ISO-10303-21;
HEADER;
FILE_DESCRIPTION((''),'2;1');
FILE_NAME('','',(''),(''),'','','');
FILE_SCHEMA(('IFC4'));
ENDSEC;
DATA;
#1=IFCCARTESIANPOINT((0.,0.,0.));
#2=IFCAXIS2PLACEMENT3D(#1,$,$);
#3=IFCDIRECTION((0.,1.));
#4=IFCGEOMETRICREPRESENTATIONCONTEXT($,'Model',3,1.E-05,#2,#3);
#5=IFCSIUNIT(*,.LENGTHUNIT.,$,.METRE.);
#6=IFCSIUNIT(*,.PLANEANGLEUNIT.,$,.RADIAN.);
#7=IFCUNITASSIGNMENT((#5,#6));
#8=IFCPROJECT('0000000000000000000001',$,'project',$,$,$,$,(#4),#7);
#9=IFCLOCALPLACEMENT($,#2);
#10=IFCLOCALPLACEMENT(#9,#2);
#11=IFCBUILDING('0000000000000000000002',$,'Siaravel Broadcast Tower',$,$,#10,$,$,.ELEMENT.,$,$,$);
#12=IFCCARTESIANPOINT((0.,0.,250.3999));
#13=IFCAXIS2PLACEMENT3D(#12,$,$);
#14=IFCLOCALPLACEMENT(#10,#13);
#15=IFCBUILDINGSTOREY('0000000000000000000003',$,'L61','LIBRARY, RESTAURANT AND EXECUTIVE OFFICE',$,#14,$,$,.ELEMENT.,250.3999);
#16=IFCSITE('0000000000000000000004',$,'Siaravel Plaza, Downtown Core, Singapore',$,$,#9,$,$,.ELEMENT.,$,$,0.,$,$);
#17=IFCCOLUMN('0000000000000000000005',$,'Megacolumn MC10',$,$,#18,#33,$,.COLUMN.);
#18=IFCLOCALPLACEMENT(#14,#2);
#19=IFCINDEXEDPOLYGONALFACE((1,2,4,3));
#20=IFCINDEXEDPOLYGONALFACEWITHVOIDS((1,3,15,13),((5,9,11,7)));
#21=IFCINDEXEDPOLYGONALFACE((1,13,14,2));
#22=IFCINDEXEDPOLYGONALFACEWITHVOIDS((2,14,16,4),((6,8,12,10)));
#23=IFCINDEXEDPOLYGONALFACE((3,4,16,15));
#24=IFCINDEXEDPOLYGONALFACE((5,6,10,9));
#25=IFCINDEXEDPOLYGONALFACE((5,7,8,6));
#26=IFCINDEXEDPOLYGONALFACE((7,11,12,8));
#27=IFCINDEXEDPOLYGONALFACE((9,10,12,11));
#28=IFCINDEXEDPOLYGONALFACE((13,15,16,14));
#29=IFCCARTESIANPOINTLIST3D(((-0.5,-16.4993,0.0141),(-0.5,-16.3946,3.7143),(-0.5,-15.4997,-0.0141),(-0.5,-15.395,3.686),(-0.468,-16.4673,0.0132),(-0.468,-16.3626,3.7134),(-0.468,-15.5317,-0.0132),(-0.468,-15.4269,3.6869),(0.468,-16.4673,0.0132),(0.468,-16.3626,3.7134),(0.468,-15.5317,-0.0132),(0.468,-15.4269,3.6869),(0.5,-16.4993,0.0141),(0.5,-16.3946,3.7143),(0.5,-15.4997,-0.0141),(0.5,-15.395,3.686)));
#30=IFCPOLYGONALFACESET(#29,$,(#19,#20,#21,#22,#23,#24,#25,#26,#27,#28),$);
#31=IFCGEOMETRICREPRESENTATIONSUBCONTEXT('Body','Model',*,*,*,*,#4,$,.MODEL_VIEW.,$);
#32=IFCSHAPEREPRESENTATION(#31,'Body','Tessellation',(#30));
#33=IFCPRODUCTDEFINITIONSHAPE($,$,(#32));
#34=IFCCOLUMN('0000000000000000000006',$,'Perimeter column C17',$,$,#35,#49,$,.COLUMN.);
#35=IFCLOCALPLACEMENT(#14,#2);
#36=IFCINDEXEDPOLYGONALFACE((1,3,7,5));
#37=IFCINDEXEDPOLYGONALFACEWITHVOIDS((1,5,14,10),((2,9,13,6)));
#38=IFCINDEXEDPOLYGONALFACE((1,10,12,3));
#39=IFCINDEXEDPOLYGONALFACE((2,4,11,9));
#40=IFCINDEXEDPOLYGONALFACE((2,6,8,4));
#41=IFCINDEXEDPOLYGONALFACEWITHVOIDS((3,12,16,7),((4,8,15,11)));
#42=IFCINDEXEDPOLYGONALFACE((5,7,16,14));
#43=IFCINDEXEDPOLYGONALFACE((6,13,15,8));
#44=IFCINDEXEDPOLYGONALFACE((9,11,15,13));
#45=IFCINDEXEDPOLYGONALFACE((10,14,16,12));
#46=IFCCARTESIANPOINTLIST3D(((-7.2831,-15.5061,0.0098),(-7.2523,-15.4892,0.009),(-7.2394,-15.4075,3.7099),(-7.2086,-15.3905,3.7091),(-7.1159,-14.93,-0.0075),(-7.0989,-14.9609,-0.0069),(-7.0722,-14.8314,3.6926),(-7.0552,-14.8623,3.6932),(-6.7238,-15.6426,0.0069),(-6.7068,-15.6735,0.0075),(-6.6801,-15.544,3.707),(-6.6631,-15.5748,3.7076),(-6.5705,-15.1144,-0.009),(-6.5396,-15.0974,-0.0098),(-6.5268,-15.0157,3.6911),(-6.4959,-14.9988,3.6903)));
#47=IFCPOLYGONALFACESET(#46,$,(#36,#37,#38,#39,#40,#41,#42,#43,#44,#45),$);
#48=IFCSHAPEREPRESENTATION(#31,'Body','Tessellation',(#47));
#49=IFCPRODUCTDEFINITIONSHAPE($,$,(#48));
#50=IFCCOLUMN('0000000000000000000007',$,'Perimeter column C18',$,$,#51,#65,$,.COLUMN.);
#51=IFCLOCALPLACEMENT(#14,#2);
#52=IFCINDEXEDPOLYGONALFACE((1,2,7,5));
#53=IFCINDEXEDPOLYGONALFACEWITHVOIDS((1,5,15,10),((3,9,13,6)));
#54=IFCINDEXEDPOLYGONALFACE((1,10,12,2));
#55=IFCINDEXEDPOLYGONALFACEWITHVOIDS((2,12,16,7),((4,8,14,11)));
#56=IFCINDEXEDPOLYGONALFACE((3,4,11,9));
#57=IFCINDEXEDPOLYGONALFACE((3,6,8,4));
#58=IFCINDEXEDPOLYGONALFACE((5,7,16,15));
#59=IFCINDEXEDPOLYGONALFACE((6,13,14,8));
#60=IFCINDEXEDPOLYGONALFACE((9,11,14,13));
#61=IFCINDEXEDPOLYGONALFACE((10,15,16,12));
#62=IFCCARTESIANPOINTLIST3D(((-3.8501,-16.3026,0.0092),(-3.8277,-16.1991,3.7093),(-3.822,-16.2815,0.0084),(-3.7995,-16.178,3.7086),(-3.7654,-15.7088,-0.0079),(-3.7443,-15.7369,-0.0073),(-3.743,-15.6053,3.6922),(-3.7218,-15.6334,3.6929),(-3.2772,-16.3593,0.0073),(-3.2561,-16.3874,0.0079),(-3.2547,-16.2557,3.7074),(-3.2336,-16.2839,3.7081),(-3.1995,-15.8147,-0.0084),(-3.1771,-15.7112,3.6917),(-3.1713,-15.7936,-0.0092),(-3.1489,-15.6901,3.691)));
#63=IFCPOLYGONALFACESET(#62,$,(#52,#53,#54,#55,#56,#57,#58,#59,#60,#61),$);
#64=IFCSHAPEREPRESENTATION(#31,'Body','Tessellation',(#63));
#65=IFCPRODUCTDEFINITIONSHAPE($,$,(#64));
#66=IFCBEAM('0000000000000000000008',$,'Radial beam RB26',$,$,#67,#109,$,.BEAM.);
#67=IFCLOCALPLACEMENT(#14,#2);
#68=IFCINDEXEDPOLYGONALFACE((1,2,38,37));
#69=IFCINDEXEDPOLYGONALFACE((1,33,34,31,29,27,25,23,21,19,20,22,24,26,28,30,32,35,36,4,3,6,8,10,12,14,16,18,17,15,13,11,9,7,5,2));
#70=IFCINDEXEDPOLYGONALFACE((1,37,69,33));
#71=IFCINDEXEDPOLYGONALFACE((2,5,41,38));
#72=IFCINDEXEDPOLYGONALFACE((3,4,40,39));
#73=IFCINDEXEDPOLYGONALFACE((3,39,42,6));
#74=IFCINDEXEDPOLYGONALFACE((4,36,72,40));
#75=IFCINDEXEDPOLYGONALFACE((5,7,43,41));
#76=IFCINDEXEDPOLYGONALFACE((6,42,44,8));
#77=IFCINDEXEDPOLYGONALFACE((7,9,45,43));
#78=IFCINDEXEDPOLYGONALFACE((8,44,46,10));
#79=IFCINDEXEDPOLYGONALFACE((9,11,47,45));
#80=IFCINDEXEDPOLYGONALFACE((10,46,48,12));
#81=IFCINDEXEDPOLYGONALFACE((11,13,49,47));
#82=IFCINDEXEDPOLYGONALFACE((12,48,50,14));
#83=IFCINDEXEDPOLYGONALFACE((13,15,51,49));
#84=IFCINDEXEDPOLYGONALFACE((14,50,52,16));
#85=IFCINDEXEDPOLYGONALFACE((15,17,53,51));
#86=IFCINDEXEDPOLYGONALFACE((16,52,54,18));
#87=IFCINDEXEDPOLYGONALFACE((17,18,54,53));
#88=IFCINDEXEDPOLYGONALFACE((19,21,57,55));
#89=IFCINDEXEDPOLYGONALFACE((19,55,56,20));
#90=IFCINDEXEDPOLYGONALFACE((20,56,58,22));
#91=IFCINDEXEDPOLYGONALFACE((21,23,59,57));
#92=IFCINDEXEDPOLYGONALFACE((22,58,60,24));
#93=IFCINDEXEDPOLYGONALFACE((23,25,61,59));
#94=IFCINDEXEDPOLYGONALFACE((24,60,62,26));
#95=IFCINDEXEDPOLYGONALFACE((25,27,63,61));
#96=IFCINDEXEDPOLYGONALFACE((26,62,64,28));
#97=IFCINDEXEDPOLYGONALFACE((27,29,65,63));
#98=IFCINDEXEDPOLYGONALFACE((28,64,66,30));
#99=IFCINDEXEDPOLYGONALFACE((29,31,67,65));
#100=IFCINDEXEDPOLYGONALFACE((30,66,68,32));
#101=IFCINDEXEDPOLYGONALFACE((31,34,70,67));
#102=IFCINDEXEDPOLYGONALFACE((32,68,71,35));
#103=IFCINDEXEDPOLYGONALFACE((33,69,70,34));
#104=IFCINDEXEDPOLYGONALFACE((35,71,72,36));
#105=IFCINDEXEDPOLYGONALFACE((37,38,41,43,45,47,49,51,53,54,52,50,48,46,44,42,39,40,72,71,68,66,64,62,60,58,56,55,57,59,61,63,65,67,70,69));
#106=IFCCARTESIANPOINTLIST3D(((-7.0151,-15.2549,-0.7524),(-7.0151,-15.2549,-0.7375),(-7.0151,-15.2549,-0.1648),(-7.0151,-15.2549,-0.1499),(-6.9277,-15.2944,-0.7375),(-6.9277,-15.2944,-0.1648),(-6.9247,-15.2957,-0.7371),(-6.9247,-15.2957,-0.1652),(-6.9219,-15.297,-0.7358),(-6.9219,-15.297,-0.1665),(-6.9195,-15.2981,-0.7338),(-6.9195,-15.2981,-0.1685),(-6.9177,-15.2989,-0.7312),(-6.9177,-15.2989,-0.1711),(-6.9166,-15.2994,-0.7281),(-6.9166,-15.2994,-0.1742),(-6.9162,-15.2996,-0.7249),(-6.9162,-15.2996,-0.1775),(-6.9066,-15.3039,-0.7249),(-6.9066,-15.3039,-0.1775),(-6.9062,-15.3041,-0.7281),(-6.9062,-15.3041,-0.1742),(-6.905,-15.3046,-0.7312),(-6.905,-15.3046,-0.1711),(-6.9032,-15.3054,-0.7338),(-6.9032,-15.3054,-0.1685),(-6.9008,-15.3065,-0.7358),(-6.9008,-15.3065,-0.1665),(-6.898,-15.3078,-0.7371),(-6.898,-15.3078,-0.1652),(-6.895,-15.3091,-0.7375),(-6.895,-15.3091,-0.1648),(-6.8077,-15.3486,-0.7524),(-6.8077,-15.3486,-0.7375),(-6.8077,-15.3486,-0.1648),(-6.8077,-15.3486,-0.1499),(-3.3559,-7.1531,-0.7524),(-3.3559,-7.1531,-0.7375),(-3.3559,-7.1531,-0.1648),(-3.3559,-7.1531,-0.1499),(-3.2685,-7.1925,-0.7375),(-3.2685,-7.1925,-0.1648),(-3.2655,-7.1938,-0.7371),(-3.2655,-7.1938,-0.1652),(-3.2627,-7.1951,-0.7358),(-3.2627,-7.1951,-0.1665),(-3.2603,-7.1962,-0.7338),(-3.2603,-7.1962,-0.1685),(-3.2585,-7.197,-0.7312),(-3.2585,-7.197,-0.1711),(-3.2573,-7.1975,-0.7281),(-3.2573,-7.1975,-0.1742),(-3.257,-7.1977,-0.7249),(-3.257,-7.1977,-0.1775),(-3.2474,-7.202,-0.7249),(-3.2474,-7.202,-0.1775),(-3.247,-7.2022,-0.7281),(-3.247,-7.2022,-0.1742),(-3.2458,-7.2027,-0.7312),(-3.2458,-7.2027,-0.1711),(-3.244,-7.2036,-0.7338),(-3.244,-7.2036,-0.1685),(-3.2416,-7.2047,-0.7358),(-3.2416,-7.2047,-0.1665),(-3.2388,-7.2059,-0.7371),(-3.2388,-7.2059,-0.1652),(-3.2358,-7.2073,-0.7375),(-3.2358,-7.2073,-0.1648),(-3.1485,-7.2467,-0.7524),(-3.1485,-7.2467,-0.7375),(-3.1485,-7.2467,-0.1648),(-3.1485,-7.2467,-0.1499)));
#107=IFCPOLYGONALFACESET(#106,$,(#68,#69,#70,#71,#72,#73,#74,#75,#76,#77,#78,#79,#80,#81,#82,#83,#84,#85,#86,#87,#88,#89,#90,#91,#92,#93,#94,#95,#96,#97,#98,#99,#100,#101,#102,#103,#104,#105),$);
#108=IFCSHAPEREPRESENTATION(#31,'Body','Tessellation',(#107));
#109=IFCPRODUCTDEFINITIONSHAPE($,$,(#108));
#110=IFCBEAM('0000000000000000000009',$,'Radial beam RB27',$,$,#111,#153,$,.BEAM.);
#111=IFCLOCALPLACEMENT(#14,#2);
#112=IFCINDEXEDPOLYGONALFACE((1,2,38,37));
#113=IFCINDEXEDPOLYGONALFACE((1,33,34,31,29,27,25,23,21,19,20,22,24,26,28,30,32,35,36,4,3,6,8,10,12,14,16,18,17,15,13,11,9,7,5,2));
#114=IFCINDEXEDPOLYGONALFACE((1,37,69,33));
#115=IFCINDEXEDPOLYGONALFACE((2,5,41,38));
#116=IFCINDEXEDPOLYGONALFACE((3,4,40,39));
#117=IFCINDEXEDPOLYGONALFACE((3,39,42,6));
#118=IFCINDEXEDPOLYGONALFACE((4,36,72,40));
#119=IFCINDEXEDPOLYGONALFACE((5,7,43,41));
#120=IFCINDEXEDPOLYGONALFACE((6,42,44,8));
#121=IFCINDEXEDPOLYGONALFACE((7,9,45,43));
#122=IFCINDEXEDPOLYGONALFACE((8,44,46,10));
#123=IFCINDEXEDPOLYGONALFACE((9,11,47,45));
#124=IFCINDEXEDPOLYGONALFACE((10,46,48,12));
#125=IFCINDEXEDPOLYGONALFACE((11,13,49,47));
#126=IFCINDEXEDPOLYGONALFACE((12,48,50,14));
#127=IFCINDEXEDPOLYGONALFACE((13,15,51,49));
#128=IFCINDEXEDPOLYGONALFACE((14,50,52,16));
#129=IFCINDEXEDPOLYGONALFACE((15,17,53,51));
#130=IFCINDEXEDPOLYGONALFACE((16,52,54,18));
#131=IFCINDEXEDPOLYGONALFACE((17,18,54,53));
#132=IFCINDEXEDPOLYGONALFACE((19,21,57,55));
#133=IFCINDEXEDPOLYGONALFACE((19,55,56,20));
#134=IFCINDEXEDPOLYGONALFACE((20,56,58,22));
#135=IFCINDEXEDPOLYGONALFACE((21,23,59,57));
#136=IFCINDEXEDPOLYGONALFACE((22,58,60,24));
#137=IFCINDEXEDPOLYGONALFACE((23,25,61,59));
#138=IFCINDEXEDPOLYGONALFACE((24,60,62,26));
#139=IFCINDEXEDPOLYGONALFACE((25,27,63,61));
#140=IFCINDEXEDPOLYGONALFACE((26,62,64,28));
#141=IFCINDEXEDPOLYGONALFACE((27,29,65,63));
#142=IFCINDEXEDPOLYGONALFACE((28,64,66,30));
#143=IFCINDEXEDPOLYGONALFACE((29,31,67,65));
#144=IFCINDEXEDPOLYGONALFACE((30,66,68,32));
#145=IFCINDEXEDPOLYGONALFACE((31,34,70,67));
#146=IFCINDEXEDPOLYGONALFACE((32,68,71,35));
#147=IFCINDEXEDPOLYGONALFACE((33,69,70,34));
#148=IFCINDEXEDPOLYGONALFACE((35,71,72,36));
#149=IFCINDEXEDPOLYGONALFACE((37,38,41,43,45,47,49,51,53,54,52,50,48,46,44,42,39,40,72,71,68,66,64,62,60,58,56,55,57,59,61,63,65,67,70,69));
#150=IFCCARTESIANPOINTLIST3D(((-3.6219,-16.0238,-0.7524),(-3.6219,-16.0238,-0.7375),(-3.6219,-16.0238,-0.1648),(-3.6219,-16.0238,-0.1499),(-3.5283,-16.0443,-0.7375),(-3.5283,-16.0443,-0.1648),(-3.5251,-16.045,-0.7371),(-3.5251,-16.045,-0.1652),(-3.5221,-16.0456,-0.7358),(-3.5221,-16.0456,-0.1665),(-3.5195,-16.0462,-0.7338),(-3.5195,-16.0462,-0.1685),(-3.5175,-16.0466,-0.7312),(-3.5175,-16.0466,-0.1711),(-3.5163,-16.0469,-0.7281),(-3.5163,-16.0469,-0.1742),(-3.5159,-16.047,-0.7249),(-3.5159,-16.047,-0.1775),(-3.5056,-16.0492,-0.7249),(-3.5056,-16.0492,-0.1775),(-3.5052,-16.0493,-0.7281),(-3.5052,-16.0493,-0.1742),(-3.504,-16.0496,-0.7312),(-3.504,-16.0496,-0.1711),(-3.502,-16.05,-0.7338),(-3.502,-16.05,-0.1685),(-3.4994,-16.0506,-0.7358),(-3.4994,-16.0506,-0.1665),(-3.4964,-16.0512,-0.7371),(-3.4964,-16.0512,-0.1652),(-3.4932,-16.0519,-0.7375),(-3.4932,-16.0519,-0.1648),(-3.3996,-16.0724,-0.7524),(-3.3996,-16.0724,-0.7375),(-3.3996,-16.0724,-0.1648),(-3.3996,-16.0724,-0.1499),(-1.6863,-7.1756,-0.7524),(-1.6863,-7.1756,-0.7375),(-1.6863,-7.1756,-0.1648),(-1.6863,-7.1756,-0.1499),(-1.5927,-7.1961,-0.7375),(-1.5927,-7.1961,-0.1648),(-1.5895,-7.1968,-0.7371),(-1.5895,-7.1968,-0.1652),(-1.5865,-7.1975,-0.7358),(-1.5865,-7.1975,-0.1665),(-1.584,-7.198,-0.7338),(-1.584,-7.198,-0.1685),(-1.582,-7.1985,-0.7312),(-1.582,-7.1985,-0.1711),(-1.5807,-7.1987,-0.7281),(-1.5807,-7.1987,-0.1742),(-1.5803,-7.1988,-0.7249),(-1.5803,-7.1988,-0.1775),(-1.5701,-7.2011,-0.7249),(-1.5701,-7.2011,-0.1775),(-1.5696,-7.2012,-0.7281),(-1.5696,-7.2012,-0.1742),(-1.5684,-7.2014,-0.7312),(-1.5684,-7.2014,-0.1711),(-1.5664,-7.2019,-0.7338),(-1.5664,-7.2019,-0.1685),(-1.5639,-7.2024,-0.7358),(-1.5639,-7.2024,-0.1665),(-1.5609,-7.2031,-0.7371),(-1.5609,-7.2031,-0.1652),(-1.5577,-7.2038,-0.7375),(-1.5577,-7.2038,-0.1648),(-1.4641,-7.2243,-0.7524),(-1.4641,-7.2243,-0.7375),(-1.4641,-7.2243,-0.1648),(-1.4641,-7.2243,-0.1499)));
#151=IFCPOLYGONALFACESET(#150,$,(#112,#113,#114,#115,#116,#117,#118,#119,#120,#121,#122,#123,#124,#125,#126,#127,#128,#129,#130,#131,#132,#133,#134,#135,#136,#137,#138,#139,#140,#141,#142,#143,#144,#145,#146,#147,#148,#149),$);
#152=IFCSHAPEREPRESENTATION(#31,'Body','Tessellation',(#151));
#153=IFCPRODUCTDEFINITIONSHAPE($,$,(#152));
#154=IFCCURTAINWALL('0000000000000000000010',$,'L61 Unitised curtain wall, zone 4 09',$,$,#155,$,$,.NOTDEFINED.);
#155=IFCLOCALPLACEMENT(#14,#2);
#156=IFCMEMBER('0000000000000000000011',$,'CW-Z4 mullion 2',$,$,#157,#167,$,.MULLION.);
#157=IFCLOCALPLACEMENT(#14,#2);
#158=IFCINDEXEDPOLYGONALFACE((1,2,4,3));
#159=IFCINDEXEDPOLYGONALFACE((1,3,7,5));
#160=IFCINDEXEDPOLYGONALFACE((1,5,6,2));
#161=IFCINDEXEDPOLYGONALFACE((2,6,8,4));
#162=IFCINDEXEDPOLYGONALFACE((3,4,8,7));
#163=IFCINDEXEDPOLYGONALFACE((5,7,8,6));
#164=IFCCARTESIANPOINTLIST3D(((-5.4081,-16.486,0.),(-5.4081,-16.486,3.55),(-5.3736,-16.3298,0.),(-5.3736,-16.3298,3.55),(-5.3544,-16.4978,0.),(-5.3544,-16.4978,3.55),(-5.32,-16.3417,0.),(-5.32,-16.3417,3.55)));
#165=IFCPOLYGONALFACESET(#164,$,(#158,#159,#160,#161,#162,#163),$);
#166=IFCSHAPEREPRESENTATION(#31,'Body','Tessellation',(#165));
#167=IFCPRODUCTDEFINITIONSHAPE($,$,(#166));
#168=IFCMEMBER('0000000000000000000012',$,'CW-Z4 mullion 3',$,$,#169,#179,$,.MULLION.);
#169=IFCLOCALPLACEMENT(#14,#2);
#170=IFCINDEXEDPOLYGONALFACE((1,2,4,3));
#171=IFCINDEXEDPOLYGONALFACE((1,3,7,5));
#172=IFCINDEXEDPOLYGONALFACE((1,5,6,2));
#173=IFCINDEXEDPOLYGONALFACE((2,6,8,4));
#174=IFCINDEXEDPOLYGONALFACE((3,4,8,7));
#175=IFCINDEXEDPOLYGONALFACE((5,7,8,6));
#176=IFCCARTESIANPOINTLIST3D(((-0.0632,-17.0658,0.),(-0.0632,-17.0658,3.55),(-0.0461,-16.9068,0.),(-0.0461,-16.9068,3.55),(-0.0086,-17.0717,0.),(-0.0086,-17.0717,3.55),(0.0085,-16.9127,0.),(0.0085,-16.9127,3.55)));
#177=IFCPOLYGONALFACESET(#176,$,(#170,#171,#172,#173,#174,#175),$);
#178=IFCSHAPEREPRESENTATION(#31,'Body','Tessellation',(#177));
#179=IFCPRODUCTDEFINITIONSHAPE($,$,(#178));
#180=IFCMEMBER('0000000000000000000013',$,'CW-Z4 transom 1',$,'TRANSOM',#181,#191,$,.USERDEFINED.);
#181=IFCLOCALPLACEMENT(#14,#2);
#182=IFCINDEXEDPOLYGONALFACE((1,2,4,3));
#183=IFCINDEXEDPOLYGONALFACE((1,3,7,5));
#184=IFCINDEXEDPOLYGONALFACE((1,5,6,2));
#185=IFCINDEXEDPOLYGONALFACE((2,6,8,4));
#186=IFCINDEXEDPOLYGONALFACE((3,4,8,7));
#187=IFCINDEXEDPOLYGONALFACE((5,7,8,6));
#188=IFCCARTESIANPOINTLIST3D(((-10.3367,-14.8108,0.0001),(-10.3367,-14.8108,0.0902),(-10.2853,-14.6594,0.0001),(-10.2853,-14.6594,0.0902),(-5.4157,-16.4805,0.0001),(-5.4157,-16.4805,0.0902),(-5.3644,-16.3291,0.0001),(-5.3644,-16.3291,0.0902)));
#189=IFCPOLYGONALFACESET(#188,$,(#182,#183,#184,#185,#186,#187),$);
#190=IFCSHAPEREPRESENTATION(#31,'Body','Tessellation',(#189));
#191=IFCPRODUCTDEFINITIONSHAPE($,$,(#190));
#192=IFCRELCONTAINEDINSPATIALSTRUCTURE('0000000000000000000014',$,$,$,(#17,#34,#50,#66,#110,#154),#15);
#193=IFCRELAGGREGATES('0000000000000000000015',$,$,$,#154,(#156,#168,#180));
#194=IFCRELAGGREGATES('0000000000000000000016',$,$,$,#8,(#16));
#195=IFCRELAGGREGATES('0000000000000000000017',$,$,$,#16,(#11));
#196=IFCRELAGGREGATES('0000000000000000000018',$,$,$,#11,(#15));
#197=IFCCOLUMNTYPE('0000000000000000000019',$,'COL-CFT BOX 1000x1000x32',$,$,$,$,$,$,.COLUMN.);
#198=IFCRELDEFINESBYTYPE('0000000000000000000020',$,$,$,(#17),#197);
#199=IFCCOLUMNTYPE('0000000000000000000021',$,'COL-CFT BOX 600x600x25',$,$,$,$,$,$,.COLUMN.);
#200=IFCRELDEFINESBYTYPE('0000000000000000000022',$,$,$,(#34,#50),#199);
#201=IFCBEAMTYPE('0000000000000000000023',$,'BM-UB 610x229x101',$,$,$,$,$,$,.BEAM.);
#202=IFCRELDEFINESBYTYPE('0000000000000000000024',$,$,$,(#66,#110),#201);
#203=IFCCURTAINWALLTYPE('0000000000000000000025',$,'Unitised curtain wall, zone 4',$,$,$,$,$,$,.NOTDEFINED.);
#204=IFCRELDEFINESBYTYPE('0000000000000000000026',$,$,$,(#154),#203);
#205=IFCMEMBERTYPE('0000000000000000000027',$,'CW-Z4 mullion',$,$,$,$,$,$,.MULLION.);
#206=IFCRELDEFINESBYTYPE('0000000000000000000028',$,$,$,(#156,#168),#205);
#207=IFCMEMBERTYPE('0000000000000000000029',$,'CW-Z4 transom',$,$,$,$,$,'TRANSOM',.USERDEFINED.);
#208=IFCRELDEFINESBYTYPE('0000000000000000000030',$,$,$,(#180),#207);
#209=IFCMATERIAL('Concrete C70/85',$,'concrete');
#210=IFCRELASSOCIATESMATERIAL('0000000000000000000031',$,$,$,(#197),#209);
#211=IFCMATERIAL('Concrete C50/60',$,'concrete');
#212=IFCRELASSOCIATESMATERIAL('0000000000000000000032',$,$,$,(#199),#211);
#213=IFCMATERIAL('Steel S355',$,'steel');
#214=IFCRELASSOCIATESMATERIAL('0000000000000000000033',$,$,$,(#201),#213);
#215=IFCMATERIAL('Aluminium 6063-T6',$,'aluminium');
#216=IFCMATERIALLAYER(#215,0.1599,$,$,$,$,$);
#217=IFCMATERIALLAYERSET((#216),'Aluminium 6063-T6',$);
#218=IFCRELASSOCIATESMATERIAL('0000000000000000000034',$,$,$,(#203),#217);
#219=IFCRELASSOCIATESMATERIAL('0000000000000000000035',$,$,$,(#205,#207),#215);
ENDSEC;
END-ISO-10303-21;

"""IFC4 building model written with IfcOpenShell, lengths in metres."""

from ifc_helpers import new_model, si_unit, direction, frame, origin, origin_2d, place, context, subcontext, project, spatial, rectangle, hollow_rectangle, i_section, extrude, material, layer, layer_set, material_profile, profile_set, type_object, element, aggregate, save


model = new_model("IFC4")

# Units and contexts
model_context = context("Model", 3, precision=1e-05, world=origin(), true_north=direction((0.0, 1.0)))
body_context = subcontext(model_context, "Body", "Model", "MODEL_VIEW")
ifc_project = project(units=[si_unit("LENGTHUNIT", "METRE"), si_unit("PLANEANGLEUNIT", "RADIAN")], contexts=[model_context])

# Site, building, storey
site_placement = place(None, origin())
site = spatial("IfcSite", under=ifc_project, at=site_placement, Name="Siaravel Plaza, Downtown Core, Singapore", CompositionType="ELEMENT", RefElevation=0.0)
building_placement = place(site_placement, origin())
building = spatial("IfcBuilding", under=site, at=building_placement, Name="Siaravel Broadcast Tower", CompositionType="ELEMENT")
storey_placement = place(building_placement, frame((0.0, 0.0, 250.3999)))
storey = spatial("IfcBuildingStorey", under=building, at=storey_placement, Name="L61", Description="LIBRARY, RESTAURANT AND EXECUTIVE OFFICE", CompositionType="ELEMENT", Elevation=250.3999)

# Columns
ifc_material_1 = material(Name="Concrete C70/85", Category="concrete")
ifc_material_profile_1 = material_profile(ifc_material_1, hollow_rectangle(XDim=1.0, YDim=1.0, WallThickness=0.032, at=origin_2d()))
ifc_profile_set_1 = profile_set([ifc_material_profile_1], Name="Concrete C70/85")
column_type_1 = type_object("IfcColumnType", Name="COL-CFT BOX 1000x1000x32", PredefinedType="COLUMN", material=ifc_profile_set_1)
column_placement = place(storey_placement, frame((0.0, -15.9995, 0.0), z_axis=(0.0, 0.028294, 0.9996), x_axis=(-1.0, 0.0, 0.0)))
element("IfcColumn", 1, at=column_placement, inside=storey, type_object=column_type_1, Name="Megacolumn MC10", PredefinedType="COLUMN", context=body_context, shape_type="SweptSolid", body=[
    extrude(hollow_rectangle(XDim=1.0, YDim=1.0, WallThickness=0.032, at=origin_2d()), origin(), (0.0, 0.0, 1.0), 3.7017),
])
ifc_material_2 = material(Name="Concrete C50/60", Category="concrete")
ifc_material_profile_2 = material_profile(ifc_material_2, hollow_rectangle(XDim=0.6001, YDim=0.6001, WallThickness=0.0249, at=origin_2d()))
ifc_profile_set_2 = profile_set([ifc_material_profile_2], Name="Concrete C50/60")
column_type_2 = type_object("IfcColumnType", Name="COL-CFT BOX 600x600x25", PredefinedType="COLUMN", material=ifc_profile_set_2)
for number, where, z_axis, x_axis, name in (
    (2, (-6.9114, -15.3018, 0.0), (0.011805, 0.026645, 0.999575), (-0.960316, 0.278887, 0.003908), "Perimeter column C17"),
    (3, (-3.5107, -16.0481, 0.0), (0.006068, 0.027964, 0.999591), (-0.989965, 0.141299, 0.002056), "Perimeter column C18"),
):
    element("IfcColumn", number, at=place(storey_placement, frame(where, z_axis=z_axis, x_axis=x_axis)), inside=storey, type_object=column_type_2, Name=name, PredefinedType="COLUMN", context=body_context, shape_type="SweptSolid", body=[
        extrude(hollow_rectangle(XDim=0.6001, YDim=0.6001, WallThickness=0.0249, at=origin_2d()), origin(), (0.0, 0.0, 1.0), 3.7017),
    ])

# Beams
ifc_material_3 = material(Name="Steel S355", Category="steel")
ifc_material_profile_3 = material_profile(ifc_material_3, i_section(OverallWidth=0.2275, OverallDepth=0.6025, WebThickness=0.0105, FlangeThickness=0.0149, FilletRadius=0.0127, at=origin_2d()))
ifc_profile_set_3 = profile_set([ifc_material_profile_3], Name="Steel S355")
beam_type = type_object("IfcBeamType", Name="BM-UB 610x229x101", PredefinedType="BEAM", material=ifc_profile_set_3)
beam_1_placement = place(storey_placement, frame((-6.9114, -15.3018, -0.4512), z_axis=(0.411615, 0.911358, 0.0), x_axis=(-0.911358, 0.411615, 0.0)))
element("IfcBeam", 4, at=beam_1_placement, inside=storey, type_object=beam_type, Name="Radial beam RB26", PredefinedType="BEAM", context=body_context, shape_type="SweptSolid", body=[
    extrude(i_section(OverallWidth=0.2275, OverallDepth=0.6025, WebThickness=0.0105, FlangeThickness=0.0149, FilletRadius=0.0127, at=origin_2d()), origin(), (0.0, 0.0, 1.0), 8.8899),
])
beam_2_placement = place(storey_placement, frame((-3.5107, -16.0481, -0.4512), z_axis=(0.213698, 0.9769, 0.0), x_axis=(-0.9769, 0.213698, 0.0)))
element("IfcBeam", 5, at=beam_2_placement, inside=storey, type_object=beam_type, Name="Radial beam RB27", PredefinedType="BEAM", context=body_context, shape_type="SweptSolid", body=[
    extrude(i_section(OverallWidth=0.2275, OverallDepth=0.6025, WebThickness=0.0105, FlangeThickness=0.0149, FilletRadius=0.0127, at=origin_2d()), origin(), (0.0, 0.0, 1.0), 9.0574),
])

# Curtain wall, members
ifc_material_4 = material(Name="Aluminium 6063-T6", Category="aluminium")
ifc_layer_1 = layer(ifc_material_4, 0.1599)
ifc_layer_set_1 = layer_set([ifc_layer_1], Name="Aluminium 6063-T6")
curtain_wall_type = type_object("IfcCurtainWallType", Name="Unitised curtain wall, zone 4", PredefinedType="NOTDEFINED", material=ifc_layer_set_1)
curtain_wall_placement = place(storey_placement, origin())
curtain_wall = element("IfcCurtainWall", 6, at=curtain_wall_placement, inside=storey, type_object=curtain_wall_type, Name="L61 Unitised curtain wall, zone 4 09", PredefinedType="NOTDEFINED")
ifc_material_profile_4 = material_profile(ifc_material_4, rectangle(XDim=0.1599, YDim=0.0549, at=origin_2d()))
ifc_profile_set_4 = profile_set([ifc_material_profile_4], Name="Aluminium 6063-T6")
member_type_1 = type_object("IfcMemberType", Name="CW-Z4 mullion", PredefinedType="MULLION", material=ifc_profile_set_4)
member_1_placement = place(storey_placement, frame((-5.364, -16.4138, 0.0), z_axis=(0.0, 0.0, 1.0), x_axis=(0.215559, 0.976491, 0.0)))
member_1 = element("IfcMember", 7, at=member_1_placement, type_object=member_type_1, Name="CW-Z4 mullion 2", PredefinedType="MULLION", context=body_context, shape_type="SweptSolid", body=[
    extrude(rectangle(XDim=0.1599, YDim=0.0549, at=origin_2d()), origin(), (0.0, 0.0, 1.0), 3.55),
])
member_2_placement = place(storey_placement, frame((-0.0273, -16.9893, 0.0), z_axis=(0.0, 0.0, 1.0), x_axis=(0.107218, 0.994236, 0.0)))
member_2 = element("IfcMember", 8, at=member_2_placement, type_object=member_type_1, Name="CW-Z4 mullion 3", PredefinedType="MULLION", context=body_context, shape_type="SweptSolid", body=[
    extrude(rectangle(XDim=0.1599, YDim=0.0549, at=origin_2d()), origin(), (0.0, 0.0, 1.0), 3.55),
])
ifc_material_profile_5 = material_profile(ifc_material_4, rectangle(XDim=0.1599, YDim=0.0901, at=origin_2d()))
ifc_profile_set_5 = profile_set([ifc_material_profile_5], Name="Aluminium 6063-T6")
member_type_2 = type_object("IfcMemberType", Name="CW-Z4 transom", ElementType="TRANSOM", PredefinedType="USERDEFINED", material=ifc_profile_set_5)
member_3_placement = place(storey_placement, frame((-10.311, -14.7351, 0.0452), z_axis=(0.946974, -0.321311, 0.0), x_axis=(0.321311, 0.946974, 0.0)))
member_3 = element("IfcMember", 9, at=member_3_placement, type_object=member_type_2, Name="CW-Z4 transom 1", ObjectType="TRANSOM", PredefinedType="USERDEFINED", context=body_context, shape_type="SweptSolid", body=[
    extrude(rectangle(XDim=0.1599, YDim=0.0901, at=origin_2d()), origin(), (0.0, 0.0, 1.0), 5.1965),
])

aggregate(curtain_wall, [member_1, member_2, member_3])

save(model, "model.ifc")
